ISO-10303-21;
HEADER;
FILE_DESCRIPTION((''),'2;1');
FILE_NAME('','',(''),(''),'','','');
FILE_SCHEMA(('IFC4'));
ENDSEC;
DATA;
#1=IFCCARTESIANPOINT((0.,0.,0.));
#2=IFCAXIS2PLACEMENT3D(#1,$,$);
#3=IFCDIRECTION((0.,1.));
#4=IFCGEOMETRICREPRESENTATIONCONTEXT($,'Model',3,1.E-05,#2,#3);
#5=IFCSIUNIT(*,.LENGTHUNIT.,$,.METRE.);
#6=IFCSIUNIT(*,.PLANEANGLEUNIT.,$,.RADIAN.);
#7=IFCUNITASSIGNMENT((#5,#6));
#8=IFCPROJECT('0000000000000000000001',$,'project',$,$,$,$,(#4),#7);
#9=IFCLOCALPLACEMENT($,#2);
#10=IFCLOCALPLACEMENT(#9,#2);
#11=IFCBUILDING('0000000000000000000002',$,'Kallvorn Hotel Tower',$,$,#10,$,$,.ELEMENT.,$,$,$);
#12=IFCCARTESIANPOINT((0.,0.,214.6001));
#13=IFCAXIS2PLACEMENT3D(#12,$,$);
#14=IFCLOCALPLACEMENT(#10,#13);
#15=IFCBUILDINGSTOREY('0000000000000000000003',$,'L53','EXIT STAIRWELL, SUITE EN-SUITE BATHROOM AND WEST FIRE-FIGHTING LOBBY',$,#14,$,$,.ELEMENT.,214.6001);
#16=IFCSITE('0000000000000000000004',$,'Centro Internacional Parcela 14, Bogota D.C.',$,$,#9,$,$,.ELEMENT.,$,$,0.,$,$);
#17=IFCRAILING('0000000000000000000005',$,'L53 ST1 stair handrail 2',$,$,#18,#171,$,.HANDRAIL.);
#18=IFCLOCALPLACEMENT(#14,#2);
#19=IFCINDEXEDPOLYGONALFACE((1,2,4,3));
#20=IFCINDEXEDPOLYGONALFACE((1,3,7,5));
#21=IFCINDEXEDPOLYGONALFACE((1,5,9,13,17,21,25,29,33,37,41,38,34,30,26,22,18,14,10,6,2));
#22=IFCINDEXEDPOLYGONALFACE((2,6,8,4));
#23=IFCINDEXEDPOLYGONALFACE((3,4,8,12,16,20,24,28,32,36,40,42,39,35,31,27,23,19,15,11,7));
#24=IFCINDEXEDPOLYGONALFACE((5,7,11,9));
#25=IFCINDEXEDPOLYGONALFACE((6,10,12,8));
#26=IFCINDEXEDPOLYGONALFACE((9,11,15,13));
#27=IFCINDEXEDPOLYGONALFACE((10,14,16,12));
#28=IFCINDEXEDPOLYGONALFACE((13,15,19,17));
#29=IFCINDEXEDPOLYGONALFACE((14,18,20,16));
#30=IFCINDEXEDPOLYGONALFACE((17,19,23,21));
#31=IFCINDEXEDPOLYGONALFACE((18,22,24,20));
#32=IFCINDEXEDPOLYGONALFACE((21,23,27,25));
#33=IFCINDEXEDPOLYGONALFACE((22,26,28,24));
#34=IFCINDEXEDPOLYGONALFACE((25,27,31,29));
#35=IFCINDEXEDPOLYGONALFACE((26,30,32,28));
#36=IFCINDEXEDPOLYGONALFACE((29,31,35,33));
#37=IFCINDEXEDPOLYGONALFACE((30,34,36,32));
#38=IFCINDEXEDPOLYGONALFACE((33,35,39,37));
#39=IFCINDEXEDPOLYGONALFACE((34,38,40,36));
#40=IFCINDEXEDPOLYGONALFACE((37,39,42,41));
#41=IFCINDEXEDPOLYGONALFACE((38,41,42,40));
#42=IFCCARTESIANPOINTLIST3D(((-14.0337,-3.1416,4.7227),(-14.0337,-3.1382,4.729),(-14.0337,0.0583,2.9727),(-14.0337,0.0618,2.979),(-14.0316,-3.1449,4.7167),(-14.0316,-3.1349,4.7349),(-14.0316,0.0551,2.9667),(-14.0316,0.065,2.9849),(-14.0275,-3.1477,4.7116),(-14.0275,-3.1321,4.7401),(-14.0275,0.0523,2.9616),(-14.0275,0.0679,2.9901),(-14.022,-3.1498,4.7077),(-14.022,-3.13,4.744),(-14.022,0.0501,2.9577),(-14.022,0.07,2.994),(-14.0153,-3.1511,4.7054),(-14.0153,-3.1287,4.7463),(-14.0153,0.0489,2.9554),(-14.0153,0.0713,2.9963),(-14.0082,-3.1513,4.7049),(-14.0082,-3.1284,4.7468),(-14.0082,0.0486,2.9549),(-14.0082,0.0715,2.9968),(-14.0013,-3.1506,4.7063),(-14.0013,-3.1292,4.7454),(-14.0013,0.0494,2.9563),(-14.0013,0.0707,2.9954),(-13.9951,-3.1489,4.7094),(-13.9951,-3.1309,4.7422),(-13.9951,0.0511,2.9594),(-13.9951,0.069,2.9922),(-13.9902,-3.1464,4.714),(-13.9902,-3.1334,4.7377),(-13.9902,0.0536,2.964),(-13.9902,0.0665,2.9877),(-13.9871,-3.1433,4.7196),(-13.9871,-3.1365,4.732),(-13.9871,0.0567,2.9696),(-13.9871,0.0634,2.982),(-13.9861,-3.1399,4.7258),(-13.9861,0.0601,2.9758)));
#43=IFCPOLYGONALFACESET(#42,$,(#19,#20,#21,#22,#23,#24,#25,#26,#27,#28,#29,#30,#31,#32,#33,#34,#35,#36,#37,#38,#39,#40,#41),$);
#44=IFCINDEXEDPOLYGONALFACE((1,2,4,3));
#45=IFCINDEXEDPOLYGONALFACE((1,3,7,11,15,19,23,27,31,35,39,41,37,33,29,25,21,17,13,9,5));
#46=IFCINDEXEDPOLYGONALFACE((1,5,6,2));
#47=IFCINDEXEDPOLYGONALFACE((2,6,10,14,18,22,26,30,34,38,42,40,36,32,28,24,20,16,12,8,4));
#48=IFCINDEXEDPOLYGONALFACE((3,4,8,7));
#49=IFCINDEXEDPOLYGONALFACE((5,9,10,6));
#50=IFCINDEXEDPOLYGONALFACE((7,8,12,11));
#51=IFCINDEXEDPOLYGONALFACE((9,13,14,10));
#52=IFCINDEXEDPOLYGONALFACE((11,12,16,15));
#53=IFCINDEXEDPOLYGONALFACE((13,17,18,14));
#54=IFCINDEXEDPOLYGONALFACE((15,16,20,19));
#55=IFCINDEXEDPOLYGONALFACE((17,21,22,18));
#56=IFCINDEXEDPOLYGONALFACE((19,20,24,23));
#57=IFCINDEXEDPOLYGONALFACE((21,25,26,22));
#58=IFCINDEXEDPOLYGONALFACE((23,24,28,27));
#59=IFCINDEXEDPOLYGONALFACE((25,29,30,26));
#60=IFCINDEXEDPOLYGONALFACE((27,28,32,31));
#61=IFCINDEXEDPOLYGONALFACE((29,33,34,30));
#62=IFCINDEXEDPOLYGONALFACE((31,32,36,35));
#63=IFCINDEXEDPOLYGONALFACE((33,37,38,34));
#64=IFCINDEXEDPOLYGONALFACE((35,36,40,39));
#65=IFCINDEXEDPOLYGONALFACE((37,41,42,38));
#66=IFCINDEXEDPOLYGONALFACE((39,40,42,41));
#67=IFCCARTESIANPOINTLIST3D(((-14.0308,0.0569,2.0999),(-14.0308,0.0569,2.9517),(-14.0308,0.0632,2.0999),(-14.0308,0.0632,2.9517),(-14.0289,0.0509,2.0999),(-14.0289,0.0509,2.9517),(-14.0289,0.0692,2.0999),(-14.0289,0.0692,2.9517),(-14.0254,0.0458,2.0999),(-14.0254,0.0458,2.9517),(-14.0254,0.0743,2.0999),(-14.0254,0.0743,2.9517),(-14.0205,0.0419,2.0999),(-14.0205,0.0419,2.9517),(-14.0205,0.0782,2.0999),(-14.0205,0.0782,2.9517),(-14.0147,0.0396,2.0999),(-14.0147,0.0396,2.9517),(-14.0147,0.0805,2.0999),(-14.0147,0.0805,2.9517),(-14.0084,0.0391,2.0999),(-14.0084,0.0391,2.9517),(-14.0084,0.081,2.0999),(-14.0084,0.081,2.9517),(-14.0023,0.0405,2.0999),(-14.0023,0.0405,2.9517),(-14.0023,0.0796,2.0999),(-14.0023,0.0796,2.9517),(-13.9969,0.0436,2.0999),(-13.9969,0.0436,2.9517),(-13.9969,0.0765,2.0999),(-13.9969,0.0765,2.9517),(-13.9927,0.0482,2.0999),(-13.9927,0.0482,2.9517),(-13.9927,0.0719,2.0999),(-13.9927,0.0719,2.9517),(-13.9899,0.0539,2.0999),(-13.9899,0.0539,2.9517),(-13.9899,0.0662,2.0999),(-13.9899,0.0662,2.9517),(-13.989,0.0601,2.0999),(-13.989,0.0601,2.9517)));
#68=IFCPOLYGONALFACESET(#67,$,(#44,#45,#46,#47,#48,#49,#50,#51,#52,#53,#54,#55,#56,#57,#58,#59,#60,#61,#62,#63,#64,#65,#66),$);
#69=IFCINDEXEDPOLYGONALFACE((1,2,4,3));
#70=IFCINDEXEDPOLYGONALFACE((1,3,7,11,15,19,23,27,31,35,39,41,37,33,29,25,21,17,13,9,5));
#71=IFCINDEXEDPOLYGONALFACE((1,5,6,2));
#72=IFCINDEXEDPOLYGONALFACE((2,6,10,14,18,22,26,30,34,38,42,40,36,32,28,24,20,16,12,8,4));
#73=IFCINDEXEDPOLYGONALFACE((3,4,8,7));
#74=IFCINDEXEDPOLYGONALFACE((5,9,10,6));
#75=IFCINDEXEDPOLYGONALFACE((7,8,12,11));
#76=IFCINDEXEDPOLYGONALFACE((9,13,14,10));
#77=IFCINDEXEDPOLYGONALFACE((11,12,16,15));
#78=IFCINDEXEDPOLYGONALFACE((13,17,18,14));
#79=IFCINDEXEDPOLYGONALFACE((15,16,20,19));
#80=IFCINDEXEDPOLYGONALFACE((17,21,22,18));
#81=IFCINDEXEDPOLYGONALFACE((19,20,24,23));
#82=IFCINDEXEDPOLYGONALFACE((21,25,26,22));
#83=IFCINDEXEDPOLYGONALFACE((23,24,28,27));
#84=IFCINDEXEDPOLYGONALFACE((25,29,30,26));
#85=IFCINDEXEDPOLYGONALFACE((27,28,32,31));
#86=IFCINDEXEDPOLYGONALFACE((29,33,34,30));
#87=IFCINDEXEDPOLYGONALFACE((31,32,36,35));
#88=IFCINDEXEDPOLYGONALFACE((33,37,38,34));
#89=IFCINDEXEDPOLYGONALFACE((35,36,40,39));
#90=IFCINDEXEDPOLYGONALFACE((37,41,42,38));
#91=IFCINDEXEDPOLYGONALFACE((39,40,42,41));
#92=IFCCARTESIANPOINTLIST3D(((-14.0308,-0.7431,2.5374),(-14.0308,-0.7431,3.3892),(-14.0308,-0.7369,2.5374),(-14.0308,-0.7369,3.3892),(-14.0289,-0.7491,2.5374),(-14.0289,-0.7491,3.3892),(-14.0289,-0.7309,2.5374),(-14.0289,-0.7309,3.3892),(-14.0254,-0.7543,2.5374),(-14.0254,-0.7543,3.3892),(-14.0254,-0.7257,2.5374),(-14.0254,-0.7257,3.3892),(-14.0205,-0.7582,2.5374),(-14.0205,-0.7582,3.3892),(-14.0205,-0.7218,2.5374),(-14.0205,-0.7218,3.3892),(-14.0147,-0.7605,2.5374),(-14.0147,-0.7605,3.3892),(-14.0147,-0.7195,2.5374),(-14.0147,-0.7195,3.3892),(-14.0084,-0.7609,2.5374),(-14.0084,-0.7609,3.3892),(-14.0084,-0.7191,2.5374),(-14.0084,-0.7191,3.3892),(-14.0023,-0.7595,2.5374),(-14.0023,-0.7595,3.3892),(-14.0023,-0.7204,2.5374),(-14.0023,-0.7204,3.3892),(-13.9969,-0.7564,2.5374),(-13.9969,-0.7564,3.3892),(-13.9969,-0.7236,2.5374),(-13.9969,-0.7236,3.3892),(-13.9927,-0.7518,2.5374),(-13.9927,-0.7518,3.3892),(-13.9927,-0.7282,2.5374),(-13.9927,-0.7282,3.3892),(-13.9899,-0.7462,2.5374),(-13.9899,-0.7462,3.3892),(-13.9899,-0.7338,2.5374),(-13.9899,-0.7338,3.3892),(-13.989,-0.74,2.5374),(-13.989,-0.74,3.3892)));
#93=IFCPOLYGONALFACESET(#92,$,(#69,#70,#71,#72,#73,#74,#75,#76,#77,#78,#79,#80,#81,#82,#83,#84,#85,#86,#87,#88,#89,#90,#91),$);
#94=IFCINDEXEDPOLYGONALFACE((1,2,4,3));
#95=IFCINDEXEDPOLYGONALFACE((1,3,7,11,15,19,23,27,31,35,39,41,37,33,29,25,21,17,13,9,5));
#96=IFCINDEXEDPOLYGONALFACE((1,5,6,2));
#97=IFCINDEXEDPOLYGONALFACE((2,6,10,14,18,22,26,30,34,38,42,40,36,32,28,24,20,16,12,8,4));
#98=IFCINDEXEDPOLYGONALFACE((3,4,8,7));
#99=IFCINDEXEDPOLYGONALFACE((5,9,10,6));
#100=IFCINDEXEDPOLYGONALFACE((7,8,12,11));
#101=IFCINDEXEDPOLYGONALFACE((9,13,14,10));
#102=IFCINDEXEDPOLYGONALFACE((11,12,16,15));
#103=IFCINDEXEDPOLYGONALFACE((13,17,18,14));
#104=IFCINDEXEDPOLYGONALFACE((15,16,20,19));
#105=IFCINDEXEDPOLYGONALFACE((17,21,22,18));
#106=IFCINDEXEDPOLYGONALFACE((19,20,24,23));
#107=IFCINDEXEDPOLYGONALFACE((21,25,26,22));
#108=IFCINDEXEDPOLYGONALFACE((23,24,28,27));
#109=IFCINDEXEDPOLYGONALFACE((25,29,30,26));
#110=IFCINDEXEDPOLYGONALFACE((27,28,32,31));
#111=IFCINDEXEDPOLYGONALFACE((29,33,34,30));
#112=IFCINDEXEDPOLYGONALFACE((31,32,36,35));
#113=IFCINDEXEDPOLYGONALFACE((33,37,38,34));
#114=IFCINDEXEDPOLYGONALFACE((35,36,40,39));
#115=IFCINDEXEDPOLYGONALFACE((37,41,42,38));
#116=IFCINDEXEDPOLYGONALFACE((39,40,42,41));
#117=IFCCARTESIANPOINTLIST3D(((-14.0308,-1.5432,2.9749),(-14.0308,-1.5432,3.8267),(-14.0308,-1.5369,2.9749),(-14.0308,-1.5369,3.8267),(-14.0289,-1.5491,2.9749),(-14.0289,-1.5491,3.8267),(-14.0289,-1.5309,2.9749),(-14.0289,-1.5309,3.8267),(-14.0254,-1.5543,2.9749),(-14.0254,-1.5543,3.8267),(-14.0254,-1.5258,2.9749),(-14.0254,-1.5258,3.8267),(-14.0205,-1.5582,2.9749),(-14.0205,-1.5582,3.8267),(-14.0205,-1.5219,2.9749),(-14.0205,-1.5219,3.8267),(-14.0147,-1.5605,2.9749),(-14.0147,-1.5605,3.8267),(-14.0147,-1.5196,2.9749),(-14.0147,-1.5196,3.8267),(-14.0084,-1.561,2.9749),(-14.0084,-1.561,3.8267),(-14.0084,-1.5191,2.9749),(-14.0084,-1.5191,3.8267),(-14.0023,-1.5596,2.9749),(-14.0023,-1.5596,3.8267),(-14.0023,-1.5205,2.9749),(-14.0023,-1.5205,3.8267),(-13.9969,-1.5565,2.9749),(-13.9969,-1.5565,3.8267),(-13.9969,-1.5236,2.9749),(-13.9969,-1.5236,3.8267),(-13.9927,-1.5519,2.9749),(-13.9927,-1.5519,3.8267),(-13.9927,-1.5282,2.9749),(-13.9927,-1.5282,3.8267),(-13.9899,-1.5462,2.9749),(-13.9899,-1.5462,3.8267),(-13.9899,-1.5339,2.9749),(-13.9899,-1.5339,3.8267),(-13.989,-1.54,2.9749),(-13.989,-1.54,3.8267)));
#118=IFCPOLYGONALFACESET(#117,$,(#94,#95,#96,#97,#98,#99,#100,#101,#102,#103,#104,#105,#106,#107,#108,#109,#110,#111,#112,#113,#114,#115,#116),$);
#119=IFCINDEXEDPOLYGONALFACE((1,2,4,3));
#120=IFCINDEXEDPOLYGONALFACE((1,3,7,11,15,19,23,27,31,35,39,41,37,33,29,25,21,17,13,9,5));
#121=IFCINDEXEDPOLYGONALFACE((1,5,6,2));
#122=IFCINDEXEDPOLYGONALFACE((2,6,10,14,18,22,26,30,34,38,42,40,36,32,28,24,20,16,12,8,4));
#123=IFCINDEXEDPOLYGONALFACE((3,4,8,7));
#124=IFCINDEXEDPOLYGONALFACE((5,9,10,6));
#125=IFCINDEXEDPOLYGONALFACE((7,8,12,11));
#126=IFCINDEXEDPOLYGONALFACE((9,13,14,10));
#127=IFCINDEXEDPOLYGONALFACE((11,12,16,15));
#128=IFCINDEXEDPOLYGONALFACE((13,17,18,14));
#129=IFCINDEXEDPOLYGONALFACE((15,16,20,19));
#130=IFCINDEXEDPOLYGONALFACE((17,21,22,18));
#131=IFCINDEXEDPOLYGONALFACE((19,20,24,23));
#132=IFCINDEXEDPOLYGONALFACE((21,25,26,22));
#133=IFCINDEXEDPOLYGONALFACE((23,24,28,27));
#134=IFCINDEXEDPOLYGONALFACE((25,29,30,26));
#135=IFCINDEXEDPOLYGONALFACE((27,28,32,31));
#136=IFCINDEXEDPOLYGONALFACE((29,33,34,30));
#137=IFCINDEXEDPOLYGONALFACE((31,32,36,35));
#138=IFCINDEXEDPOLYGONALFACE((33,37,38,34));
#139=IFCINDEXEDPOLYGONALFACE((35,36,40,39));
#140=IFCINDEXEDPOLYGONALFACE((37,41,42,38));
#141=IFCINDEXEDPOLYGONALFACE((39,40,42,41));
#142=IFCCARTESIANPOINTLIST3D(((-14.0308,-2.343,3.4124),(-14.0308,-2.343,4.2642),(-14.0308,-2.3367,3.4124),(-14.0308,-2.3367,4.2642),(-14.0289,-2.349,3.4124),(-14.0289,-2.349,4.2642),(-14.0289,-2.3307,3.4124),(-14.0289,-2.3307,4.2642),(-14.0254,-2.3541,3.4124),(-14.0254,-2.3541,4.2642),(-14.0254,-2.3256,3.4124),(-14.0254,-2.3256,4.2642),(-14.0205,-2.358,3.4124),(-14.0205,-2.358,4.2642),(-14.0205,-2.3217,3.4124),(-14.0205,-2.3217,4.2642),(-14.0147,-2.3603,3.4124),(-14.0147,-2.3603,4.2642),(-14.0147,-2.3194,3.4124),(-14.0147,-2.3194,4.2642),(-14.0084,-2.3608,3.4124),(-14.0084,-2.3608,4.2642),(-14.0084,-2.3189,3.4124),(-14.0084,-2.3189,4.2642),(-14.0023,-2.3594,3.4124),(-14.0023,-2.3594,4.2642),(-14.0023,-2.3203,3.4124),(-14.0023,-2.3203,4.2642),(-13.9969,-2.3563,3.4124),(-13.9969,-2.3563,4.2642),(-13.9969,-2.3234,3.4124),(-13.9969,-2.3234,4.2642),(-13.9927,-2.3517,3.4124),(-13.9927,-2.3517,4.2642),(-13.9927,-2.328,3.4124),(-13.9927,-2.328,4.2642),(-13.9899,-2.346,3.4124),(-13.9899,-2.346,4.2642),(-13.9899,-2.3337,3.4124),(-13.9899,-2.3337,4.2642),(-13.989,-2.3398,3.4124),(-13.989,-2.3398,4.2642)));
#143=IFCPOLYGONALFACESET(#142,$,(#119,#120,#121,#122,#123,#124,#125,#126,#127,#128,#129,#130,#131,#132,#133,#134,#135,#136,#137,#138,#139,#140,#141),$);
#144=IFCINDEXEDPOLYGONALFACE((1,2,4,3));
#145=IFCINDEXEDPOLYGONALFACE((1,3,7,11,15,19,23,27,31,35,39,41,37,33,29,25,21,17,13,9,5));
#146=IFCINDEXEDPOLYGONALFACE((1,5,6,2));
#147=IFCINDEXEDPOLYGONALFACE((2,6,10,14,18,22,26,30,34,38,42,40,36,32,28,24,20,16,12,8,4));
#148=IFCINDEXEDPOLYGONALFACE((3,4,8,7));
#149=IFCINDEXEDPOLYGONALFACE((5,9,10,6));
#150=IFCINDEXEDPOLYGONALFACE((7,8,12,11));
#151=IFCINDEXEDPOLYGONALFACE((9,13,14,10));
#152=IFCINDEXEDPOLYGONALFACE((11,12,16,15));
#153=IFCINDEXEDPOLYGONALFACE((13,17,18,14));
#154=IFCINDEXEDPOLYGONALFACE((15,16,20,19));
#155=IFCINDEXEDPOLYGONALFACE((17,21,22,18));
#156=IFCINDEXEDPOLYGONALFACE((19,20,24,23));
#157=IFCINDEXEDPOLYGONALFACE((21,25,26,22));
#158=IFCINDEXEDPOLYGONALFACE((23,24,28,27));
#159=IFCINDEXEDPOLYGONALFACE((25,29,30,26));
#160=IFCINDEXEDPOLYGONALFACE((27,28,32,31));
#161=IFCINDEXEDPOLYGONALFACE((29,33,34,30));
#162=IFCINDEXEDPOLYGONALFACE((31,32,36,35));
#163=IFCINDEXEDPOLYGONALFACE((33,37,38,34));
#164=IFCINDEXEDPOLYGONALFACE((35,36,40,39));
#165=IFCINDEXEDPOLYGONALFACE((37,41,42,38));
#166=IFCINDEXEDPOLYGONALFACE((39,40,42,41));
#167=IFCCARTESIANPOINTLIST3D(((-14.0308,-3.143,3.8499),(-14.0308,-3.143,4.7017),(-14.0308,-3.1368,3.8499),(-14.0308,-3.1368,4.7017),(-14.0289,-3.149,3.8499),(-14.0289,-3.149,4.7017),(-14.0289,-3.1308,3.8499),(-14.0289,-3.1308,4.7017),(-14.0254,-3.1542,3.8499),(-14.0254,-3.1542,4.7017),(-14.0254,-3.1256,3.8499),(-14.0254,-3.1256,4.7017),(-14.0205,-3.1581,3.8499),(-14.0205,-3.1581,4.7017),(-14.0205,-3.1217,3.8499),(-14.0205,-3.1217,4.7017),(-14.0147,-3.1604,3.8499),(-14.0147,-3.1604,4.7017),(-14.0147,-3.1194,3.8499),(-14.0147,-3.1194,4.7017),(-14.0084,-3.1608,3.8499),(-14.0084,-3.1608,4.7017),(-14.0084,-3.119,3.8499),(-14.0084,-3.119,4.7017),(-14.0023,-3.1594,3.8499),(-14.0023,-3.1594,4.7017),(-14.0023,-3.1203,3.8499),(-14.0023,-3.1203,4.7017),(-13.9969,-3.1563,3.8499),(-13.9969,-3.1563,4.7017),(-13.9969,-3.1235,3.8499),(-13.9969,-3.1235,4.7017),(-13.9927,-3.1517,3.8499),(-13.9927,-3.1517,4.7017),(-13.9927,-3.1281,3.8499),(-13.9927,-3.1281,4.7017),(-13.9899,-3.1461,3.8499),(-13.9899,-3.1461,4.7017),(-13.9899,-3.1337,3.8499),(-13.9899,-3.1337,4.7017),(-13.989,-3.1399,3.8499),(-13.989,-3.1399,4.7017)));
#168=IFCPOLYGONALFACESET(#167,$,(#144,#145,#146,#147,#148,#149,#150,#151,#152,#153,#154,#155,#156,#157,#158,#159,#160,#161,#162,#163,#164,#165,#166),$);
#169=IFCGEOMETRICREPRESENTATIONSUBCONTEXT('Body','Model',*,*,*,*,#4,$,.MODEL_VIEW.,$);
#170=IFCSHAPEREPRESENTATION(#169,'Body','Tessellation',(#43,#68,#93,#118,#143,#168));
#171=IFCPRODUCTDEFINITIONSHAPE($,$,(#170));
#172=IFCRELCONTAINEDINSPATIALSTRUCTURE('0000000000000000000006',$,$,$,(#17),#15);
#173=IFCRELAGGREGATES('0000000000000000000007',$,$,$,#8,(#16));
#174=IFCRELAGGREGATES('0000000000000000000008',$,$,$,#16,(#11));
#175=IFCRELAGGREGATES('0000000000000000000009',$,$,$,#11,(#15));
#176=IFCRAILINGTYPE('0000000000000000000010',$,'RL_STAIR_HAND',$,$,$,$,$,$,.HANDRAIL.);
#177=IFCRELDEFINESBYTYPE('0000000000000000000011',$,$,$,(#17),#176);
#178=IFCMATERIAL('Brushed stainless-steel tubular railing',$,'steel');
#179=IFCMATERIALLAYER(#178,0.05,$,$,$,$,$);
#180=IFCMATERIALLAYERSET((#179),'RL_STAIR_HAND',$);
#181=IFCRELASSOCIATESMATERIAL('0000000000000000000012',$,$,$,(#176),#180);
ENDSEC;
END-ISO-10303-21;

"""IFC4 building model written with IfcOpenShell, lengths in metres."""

from ifc_helpers import new_model, si_unit, direction, frame, origin, origin_2d, place, context, subcontext, project, spatial, circle, extrude, material, layer, layer_set, type_object, element, save


model = new_model("IFC4")

# Units and contexts
model_context = context("Model", 3, precision=1e-05, world=origin(), true_north=direction((0.0, 1.0)))
body_context = subcontext(model_context, "Body", "Model", "MODEL_VIEW")
ifc_project = project(units=[si_unit("LENGTHUNIT", "METRE"), si_unit("PLANEANGLEUNIT", "RADIAN")], contexts=[model_context])

# Site, building, storey
site_placement = place(None, origin())
site = spatial("IfcSite", under=ifc_project, at=site_placement, Name="Centro Internacional Parcela 14, Bogota D.C.", CompositionType="ELEMENT", RefElevation=0.0)
building_placement = place(site_placement, origin())
building = spatial("IfcBuilding", under=site, at=building_placement, Name="Kallvorn Hotel Tower", CompositionType="ELEMENT")
storey_placement = place(building_placement, frame((0.0, 0.0, 214.6001)))
storey = spatial("IfcBuildingStorey", under=building, at=storey_placement, Name="L53", Description="EXIT STAIRWELL, SUITE EN-SUITE BATHROOM AND WEST FIRE-FIGHTING LOBBY", CompositionType="ELEMENT", Elevation=214.6001)

# Railing
ifc_material_1 = material(Name="Brushed stainless-steel tubular railing", Category="steel")
ifc_layer_1 = layer(ifc_material_1, 0.05)
ifc_layer_set_1 = layer_set([ifc_layer_1], Name="RL_STAIR_HAND")
railing_type_1 = type_object("IfcRailingType", Name="RL_STAIR_HAND", PredefinedType="HANDRAIL", material=ifc_layer_set_1)
railing_1_placement = place(storey_placement, frame((-14.01, 0.0601, 2.0999)))
element("IfcRailing", 1, at=railing_1_placement, inside=storey, type_object=railing_type_1, Name="L53 ST1 stair handrail 2", PredefinedType="HANDRAIL", context=body_context, shape_type="SweptSolid", body=[
    extrude(circle(Radius=0.0239, at=origin_2d()), frame((0.0, 0.0, 0.876), z_axis=(0.0, -0.877368, 0.479818), x_axis=(1.0, 0.0, 0.0)), (0.0, 0.0, 1.0), 3.6472),
    extrude(circle(Radius=0.021, at=origin_2d()), origin(), (0.0, 0.0, 1.0), 0.8518),
    extrude(circle(Radius=0.021, at=origin_2d()), frame((0.0, -0.8, 0.4375)), (0.0, 0.0, 1.0), 0.8518),
    extrude(circle(Radius=0.021, at=origin_2d()), frame((0.0, -1.6001, 0.875)), (0.0, 0.0, 1.0), 0.8518),
    extrude(circle(Radius=0.021, at=origin_2d()), frame((0.0, -2.3999, 1.3125)), (0.0, 0.0, 1.0), 0.8518),
    extrude(circle(Radius=0.021, at=origin_2d()), frame((0.0, -3.2, 1.75)), (0.0, 0.0, 1.0), 0.8518),
])

save(model, "model.ifc")
